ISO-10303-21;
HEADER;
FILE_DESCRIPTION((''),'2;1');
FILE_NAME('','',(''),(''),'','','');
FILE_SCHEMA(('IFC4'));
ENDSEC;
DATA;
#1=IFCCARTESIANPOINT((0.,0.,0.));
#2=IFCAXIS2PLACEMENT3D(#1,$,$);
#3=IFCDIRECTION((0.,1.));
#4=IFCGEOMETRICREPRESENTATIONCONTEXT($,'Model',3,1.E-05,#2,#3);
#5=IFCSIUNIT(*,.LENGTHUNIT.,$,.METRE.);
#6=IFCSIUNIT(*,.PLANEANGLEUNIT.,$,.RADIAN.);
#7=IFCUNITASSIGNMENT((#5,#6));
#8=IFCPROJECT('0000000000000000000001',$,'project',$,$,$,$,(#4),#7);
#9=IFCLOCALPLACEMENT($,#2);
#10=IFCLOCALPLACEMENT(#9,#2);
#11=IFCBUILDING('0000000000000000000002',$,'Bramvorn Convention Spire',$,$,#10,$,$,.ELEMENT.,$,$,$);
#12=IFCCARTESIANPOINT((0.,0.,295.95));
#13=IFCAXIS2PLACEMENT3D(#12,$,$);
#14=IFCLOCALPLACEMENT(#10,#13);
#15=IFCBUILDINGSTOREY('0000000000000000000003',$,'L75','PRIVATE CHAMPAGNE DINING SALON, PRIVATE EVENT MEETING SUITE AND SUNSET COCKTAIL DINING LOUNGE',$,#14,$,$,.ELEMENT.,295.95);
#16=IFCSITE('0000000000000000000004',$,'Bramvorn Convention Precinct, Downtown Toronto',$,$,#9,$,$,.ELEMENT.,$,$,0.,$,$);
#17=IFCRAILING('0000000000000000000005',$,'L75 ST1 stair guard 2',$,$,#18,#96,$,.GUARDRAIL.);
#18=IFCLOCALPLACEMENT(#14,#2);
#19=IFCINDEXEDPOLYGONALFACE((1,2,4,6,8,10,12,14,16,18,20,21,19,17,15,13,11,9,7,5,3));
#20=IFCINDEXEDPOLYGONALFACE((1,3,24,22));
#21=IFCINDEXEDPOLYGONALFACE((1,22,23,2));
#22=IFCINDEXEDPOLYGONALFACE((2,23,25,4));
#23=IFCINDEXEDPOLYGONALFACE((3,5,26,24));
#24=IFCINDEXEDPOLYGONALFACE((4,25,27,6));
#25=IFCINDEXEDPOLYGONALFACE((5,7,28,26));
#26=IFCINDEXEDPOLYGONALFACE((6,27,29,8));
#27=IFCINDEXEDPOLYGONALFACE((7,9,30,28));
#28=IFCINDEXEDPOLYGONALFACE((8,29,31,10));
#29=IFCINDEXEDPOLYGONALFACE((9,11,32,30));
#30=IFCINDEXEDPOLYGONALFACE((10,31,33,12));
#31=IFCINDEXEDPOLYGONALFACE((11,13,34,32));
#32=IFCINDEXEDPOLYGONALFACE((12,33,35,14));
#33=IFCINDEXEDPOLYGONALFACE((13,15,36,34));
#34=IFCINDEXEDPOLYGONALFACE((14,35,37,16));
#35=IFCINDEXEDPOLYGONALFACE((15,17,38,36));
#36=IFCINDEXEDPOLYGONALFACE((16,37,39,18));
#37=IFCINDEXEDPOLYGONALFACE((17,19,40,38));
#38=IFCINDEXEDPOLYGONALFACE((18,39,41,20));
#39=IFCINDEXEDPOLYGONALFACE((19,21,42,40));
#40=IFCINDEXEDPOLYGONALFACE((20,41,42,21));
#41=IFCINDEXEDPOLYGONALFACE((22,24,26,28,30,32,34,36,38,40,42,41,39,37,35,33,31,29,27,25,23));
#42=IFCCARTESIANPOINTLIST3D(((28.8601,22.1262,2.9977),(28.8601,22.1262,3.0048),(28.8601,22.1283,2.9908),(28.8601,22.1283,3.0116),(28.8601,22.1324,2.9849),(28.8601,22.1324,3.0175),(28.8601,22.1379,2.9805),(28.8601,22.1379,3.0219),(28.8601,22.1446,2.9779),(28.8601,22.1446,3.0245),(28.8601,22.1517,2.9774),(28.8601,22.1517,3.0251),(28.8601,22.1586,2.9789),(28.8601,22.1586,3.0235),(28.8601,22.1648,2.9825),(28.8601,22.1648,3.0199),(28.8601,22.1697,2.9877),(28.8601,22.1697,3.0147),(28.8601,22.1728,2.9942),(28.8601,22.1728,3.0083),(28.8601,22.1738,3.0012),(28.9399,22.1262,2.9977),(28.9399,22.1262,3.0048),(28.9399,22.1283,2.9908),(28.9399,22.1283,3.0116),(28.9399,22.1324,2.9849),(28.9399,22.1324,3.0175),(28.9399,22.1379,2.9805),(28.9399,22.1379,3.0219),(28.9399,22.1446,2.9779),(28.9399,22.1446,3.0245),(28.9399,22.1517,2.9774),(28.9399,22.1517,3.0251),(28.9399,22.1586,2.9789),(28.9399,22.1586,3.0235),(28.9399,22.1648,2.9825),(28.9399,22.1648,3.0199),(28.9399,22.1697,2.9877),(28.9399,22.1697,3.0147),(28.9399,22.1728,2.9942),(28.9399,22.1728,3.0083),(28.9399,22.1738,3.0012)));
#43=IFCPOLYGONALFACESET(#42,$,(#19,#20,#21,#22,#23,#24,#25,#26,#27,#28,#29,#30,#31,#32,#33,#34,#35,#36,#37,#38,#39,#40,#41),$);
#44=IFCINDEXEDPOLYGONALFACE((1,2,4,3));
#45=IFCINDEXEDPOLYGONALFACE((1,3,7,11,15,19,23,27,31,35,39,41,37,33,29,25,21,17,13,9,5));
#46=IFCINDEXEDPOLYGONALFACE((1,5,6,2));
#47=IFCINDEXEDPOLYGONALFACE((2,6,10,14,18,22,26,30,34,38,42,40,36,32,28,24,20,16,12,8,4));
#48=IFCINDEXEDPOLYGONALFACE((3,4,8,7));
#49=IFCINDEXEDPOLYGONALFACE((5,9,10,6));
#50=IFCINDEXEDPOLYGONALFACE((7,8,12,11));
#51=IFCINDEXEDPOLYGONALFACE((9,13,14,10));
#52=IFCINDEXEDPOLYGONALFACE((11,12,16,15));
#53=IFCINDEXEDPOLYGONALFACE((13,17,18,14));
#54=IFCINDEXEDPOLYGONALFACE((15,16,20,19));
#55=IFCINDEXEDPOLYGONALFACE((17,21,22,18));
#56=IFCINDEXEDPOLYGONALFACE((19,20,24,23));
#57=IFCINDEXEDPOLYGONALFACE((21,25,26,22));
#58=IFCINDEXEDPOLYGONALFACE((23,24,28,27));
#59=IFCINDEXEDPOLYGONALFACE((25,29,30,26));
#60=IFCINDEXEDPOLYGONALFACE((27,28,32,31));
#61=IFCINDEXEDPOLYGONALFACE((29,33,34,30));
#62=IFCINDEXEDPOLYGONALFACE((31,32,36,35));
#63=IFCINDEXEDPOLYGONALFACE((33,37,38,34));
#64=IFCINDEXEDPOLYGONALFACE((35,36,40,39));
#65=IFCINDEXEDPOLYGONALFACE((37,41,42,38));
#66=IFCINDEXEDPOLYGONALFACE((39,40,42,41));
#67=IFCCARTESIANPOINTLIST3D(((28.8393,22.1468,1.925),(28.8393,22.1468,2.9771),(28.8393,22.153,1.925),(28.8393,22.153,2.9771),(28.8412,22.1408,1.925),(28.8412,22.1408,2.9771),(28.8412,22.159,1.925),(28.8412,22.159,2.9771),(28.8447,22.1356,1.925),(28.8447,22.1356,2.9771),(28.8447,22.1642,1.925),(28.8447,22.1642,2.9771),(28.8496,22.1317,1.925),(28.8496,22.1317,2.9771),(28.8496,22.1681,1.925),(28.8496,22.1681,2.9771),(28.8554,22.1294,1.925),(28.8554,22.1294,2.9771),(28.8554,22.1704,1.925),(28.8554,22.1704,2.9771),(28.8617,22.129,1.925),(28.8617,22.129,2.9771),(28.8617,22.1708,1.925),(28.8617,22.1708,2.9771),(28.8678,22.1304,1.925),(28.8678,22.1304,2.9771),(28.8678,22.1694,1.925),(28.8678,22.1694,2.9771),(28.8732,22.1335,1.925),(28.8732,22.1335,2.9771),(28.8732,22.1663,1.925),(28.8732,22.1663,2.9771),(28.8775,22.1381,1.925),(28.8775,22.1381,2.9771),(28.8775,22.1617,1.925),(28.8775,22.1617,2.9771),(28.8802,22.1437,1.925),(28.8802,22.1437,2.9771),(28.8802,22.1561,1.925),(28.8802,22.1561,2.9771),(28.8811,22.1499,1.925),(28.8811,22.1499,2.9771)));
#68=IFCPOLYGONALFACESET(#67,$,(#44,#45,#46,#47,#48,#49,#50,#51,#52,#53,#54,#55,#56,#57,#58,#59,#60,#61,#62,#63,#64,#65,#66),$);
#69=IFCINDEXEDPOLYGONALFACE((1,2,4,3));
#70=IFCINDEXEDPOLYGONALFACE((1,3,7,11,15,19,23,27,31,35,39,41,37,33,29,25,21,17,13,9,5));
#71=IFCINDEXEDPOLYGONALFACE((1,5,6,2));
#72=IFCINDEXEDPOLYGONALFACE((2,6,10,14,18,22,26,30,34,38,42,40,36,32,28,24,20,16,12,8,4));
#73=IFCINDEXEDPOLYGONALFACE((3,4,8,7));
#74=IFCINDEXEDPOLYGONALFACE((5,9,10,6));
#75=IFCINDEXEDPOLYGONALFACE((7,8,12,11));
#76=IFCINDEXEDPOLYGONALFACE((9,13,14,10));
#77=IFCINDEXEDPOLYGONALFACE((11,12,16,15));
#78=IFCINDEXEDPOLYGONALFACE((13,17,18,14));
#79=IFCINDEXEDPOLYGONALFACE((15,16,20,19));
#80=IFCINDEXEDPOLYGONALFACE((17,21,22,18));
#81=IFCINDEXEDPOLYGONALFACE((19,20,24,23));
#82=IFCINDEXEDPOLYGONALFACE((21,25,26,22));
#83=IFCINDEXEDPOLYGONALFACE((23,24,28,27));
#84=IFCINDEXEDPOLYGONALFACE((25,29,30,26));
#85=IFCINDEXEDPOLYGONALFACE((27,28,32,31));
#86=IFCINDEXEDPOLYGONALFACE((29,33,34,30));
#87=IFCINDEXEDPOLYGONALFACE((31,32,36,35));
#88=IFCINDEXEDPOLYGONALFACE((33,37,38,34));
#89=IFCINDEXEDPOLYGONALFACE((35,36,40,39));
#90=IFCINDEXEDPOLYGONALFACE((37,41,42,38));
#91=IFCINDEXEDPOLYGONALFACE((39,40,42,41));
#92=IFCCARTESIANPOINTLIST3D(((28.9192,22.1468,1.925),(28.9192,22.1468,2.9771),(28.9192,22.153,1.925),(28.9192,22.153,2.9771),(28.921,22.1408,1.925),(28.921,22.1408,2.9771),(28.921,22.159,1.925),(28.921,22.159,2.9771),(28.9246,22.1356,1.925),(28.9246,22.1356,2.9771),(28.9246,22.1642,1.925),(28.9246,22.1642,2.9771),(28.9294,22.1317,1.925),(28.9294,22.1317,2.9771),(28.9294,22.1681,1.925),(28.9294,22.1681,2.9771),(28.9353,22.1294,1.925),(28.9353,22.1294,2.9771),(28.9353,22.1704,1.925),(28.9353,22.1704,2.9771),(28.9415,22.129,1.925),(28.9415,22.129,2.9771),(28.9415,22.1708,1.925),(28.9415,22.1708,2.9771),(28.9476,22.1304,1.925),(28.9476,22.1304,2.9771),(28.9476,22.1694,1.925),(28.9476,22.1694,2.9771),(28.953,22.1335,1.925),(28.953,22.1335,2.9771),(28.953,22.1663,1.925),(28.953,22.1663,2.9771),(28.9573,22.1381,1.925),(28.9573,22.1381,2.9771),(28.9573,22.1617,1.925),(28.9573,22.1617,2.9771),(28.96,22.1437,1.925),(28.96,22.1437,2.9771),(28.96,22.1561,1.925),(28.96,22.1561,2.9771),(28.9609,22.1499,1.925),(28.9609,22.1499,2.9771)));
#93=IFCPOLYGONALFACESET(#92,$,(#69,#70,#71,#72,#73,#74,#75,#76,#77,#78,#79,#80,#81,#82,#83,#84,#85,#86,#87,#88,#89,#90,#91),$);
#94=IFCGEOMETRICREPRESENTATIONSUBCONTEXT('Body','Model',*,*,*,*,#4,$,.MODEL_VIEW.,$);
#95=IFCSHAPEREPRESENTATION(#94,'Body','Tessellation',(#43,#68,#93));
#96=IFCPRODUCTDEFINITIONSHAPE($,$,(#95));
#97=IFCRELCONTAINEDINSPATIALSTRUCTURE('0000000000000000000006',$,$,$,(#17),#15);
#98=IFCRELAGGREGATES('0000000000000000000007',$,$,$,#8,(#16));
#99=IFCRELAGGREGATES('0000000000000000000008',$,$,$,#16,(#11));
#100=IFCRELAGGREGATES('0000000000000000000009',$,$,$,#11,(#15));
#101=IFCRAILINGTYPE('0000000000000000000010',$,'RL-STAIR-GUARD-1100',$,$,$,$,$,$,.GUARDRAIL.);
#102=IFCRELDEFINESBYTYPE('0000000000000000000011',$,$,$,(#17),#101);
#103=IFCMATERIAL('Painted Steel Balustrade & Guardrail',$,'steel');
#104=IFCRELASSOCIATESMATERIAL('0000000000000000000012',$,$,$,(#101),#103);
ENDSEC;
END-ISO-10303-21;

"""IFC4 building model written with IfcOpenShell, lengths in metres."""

from ifc_helpers import new_model, si_unit, direction, frame, origin, origin_2d, place, context, subcontext, project, spatial, circle, extrude, material, type_object, element, save


model = new_model("IFC4")

# Units and contexts
model_context = context("Model", 3, precision=1e-05, world=origin(), true_north=direction((0.0, 1.0)))
body_context = subcontext(model_context, "Body", "Model", "MODEL_VIEW")
ifc_project = project(units=[si_unit("LENGTHUNIT", "METRE"), si_unit("PLANEANGLEUNIT", "RADIAN")], contexts=[model_context])

# Site, building, storey
site_placement = place(None, origin())
site = spatial("IfcSite", under=ifc_project, at=site_placement, Name="Bramvorn Convention Precinct, Downtown Toronto", CompositionType="ELEMENT", RefElevation=0.0)
building_placement = place(site_placement, origin())
building = spatial("IfcBuilding", under=site, at=building_placement, Name="Bramvorn Convention Spire", CompositionType="ELEMENT")
storey_placement = place(building_placement, frame((0.0, 0.0, 295.95)))
storey = spatial("IfcBuildingStorey", under=building, at=storey_placement, Name="L75", Description="PRIVATE CHAMPAGNE DINING SALON, PRIVATE EVENT MEETING SUITE AND SUNSET COCKTAIL DINING LOUNGE", CompositionType="ELEMENT", Elevation=295.95)

# Railing
ifc_material_1 = material(Name="Painted Steel Balustrade & Guardrail", Category="steel")
railing_type_1 = type_object("IfcRailingType", Name="RL-STAIR-GUARD-1100", PredefinedType="GUARDRAIL", material=ifc_material_1)
railing_1_placement = place(storey_placement, frame((28.8601, 22.1499, 1.925)))
element("IfcRailing", 1, at=railing_1_placement, inside=storey, type_object=railing_type_1, Name="L75 ST1 stair guard 2", PredefinedType="GUARDRAIL", context=body_context, shape_type="SweptSolid", body=[
    extrude(circle(Radius=0.0239, at=origin_2d()), frame((0.0, 0.0, 1.0762), z_axis=(1.0, 0.0, 0.0), x_axis=(0.0, 1.0, 0.0)), (0.0, 0.0, 1.0), 0.0798),
    extrude(circle(Radius=0.021, at=origin_2d()), origin(), (0.0, 0.0, 1.0), 1.052),
    extrude(circle(Radius=0.021, at=origin_2d()), frame((0.0798, 0.0, 0.0)), (0.0, 0.0, 1.0), 1.052),
])

save(model, "model.ifc")
